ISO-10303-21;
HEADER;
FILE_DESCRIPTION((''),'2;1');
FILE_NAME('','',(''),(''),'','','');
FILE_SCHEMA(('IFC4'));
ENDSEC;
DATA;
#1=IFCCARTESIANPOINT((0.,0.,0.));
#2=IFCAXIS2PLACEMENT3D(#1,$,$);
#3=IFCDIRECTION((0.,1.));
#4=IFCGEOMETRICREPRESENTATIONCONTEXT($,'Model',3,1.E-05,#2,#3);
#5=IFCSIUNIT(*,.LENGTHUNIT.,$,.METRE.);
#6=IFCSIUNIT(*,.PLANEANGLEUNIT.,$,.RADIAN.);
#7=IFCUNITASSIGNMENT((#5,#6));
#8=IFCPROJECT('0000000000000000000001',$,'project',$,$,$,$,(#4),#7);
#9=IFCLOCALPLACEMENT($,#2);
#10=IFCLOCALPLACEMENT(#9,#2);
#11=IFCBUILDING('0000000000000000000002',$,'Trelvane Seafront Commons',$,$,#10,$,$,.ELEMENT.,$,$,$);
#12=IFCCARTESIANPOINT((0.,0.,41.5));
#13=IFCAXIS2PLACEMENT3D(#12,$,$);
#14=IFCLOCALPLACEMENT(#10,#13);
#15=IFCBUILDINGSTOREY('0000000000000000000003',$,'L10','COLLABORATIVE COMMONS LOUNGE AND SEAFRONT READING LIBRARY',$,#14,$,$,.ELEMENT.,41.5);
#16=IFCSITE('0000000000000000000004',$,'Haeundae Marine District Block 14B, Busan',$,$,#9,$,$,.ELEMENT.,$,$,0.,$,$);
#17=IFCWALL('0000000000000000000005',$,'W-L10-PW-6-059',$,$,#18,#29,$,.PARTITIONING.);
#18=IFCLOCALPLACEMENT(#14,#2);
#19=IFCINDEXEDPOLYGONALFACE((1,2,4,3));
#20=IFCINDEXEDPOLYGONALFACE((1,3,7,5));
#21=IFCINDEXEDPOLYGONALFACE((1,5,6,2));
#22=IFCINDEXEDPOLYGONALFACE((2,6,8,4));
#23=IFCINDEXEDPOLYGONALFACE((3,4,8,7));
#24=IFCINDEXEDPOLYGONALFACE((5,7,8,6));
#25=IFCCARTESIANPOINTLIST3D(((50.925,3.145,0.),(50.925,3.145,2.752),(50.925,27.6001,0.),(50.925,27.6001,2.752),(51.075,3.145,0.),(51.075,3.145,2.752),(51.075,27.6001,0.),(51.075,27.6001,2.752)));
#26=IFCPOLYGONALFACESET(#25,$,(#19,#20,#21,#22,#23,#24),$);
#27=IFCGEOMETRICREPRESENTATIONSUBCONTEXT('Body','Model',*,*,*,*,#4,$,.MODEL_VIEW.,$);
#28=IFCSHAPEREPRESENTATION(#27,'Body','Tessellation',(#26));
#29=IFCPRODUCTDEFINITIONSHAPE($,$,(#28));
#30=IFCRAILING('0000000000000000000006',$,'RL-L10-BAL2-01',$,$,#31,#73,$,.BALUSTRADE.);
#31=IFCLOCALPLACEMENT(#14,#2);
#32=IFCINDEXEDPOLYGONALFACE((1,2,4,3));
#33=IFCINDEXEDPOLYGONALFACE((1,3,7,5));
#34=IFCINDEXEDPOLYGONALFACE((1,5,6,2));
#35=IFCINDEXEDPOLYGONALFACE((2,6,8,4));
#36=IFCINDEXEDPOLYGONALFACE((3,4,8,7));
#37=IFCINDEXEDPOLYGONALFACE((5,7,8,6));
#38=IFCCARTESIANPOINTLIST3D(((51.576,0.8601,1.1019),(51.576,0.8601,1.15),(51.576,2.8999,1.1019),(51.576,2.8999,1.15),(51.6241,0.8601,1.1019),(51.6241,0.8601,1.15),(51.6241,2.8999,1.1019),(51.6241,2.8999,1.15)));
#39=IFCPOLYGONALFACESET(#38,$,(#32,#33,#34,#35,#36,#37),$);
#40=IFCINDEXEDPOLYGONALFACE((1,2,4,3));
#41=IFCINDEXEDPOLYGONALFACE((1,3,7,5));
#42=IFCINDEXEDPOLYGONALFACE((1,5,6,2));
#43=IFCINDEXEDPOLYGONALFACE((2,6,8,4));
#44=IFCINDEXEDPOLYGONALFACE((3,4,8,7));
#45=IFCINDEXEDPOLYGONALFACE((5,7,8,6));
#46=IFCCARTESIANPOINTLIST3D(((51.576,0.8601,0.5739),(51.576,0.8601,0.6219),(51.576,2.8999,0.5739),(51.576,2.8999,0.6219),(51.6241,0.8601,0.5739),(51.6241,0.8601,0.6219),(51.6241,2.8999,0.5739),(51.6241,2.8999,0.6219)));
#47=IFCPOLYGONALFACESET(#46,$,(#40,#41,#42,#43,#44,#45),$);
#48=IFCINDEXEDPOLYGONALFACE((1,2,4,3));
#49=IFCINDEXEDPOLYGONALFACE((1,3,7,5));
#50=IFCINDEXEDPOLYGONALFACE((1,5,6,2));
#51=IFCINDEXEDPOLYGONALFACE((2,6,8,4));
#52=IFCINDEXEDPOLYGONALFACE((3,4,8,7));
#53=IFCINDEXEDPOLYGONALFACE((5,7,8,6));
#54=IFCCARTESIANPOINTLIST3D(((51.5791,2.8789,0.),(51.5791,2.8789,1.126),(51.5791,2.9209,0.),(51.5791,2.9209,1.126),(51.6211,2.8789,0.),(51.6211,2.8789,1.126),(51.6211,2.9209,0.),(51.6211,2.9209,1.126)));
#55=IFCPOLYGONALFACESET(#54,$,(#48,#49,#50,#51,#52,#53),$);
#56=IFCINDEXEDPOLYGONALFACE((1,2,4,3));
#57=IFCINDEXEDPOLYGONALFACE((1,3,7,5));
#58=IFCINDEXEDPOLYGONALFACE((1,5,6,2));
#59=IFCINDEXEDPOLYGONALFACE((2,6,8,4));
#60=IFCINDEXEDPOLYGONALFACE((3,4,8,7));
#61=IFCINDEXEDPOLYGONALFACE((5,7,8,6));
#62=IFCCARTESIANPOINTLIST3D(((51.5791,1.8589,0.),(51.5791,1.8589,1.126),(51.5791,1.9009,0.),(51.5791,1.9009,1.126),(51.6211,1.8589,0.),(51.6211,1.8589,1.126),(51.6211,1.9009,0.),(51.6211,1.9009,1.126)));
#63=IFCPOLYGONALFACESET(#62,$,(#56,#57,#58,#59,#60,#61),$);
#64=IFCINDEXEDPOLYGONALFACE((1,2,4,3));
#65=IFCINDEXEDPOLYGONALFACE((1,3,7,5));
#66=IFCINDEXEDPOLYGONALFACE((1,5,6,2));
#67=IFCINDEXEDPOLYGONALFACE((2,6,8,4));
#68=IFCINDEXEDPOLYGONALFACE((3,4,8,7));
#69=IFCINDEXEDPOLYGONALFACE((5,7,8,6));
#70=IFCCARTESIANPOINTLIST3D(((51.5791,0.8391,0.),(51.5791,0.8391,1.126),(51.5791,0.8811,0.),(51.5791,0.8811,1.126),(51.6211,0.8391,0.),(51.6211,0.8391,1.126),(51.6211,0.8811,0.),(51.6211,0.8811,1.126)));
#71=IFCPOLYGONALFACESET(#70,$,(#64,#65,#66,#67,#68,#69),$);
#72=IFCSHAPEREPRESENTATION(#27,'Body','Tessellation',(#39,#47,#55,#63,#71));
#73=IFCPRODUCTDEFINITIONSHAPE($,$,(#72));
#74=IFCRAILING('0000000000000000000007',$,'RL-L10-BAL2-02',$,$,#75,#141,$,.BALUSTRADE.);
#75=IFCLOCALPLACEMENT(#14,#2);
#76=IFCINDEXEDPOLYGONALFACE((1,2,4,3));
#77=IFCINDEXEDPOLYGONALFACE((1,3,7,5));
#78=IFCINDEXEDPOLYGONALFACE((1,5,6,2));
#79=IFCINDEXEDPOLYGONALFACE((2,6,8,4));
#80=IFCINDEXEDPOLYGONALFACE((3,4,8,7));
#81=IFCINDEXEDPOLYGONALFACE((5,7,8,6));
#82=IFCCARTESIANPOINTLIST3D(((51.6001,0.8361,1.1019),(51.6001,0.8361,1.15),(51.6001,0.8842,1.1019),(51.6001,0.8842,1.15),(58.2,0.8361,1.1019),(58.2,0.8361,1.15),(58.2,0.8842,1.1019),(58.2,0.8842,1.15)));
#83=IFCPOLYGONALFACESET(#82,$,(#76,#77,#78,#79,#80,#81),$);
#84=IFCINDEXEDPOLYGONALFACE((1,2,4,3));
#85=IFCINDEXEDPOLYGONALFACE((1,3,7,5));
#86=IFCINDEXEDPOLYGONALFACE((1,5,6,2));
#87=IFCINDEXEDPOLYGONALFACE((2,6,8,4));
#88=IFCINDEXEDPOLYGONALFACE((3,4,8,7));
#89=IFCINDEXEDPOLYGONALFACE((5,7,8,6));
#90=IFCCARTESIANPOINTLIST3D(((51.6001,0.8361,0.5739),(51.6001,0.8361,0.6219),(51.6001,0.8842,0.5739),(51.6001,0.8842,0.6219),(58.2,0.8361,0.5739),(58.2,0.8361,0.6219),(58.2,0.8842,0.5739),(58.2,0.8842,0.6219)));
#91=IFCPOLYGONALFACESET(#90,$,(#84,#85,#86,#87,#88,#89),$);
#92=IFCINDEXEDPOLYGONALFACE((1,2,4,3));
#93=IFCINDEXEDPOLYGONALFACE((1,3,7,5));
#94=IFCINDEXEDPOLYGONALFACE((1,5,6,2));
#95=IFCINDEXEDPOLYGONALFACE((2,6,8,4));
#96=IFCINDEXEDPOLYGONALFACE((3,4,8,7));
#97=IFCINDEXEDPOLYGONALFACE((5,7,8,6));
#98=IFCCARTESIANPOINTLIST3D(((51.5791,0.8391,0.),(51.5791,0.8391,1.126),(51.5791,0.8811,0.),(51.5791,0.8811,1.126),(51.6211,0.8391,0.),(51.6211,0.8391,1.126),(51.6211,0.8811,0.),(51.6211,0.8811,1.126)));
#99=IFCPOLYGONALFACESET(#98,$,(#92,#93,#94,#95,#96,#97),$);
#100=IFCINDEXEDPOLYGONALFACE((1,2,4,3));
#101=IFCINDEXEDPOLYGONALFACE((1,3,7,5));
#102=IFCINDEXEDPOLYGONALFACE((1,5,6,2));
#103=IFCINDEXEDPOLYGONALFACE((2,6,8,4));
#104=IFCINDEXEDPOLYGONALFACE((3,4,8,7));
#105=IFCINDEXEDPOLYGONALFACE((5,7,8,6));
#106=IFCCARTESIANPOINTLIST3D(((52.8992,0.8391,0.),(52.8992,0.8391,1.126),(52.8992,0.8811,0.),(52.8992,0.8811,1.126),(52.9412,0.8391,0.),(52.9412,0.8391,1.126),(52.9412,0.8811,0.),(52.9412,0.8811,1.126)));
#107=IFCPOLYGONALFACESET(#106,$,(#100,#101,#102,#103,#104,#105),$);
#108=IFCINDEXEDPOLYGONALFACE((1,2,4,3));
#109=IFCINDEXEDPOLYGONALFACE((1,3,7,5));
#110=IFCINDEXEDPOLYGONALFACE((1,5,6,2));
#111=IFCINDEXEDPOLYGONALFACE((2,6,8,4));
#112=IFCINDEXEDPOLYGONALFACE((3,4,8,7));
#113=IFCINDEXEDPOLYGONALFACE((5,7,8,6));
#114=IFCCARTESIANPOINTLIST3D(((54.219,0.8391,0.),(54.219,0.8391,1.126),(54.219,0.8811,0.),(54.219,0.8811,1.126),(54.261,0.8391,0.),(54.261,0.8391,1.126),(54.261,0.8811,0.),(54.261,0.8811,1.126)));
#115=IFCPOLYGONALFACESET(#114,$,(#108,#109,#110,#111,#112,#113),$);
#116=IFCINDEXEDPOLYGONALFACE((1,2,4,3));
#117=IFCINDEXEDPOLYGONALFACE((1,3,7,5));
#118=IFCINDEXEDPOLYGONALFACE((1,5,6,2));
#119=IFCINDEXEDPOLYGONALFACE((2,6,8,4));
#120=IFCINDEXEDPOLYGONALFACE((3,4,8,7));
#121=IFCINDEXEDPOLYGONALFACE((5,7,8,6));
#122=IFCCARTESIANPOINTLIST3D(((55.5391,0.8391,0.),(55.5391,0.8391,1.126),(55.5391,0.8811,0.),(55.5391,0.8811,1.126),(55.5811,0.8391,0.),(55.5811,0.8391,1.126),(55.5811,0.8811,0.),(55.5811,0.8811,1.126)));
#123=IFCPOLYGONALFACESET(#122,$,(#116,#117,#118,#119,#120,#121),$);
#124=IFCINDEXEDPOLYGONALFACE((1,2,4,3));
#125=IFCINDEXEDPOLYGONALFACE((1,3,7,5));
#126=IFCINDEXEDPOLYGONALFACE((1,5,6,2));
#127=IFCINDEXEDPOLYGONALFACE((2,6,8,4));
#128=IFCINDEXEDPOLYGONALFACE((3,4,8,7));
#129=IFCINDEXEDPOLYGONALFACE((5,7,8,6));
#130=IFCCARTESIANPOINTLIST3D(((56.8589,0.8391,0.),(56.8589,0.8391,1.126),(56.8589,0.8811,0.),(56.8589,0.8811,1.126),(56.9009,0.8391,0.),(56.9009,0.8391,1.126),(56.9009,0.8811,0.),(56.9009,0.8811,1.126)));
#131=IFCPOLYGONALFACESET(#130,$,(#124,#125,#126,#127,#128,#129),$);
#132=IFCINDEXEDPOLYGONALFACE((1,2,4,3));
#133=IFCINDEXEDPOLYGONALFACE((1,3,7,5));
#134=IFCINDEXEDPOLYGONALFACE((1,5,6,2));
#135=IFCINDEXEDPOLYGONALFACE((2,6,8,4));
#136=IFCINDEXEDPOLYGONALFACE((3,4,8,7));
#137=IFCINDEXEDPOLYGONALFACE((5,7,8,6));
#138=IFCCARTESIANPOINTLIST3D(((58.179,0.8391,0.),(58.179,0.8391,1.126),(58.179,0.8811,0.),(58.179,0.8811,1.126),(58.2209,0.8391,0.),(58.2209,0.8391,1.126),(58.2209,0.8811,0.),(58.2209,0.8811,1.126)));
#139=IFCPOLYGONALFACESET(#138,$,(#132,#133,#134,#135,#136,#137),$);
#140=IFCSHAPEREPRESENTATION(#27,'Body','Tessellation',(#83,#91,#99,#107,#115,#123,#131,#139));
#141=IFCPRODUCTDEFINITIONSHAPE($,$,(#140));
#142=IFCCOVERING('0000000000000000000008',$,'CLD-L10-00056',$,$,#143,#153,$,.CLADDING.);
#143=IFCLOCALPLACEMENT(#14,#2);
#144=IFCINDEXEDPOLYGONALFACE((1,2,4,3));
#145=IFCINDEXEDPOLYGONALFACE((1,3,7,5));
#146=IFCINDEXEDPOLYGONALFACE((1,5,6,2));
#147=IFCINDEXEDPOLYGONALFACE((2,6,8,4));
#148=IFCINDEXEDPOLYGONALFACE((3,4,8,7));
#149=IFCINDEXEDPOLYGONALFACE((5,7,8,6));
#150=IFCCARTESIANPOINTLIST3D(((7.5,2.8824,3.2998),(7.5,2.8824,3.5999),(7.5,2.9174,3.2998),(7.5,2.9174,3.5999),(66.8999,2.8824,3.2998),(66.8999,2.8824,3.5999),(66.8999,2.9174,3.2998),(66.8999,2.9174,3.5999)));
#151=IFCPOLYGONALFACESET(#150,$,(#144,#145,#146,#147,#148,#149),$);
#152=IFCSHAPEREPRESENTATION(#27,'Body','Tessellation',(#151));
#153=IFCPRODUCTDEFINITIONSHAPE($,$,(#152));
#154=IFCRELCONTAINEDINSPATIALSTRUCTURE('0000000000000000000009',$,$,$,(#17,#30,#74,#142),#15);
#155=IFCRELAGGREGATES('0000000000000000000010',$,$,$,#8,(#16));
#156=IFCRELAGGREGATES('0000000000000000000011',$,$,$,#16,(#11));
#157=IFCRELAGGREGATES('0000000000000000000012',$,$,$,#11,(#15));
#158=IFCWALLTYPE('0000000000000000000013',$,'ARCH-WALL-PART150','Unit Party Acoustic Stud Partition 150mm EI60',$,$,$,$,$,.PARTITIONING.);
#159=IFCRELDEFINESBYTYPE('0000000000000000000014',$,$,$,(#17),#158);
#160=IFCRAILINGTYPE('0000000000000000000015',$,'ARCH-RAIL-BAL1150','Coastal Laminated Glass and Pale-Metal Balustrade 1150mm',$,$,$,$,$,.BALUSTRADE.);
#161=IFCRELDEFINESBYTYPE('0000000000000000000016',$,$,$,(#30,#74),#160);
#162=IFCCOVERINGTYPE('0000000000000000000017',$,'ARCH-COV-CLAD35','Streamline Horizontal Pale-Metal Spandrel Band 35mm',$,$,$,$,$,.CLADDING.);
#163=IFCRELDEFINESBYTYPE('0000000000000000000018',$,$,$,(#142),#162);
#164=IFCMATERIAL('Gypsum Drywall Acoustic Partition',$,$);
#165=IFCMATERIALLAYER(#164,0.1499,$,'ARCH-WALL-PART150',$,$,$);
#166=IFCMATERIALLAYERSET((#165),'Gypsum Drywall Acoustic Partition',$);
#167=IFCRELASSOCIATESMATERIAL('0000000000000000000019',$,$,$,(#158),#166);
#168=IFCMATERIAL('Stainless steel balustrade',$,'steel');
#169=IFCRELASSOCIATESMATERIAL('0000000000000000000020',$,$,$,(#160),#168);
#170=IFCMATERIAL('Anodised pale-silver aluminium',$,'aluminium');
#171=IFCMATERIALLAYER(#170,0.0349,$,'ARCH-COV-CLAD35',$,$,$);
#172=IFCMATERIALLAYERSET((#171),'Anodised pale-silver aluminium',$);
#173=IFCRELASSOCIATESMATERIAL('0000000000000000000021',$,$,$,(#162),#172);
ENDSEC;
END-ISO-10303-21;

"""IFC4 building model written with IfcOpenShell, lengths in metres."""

from ifc_helpers import new_model, si_unit, direction, frame, frame_2d, origin, origin_2d, place, context, subcontext, project, spatial, rectangle, extrude, source, transform, mapped, material, layer, layer_set, type_object, element, save


model = new_model("IFC4")

# Units and contexts
model_context = context("Model", 3, precision=1e-05, world=origin(), true_north=direction((0.0, 1.0)))
body_context = subcontext(model_context, "Body", "Model", "MODEL_VIEW")
ifc_project = project(units=[si_unit("LENGTHUNIT", "METRE"), si_unit("PLANEANGLEUNIT", "RADIAN")], contexts=[model_context])

# Site, building, storey
site_placement = place(None, origin())
site = spatial("IfcSite", under=ifc_project, at=site_placement, Name="Haeundae Marine District Block 14B, Busan", CompositionType="ELEMENT", RefElevation=0.0)
building_placement = place(site_placement, origin())
building = spatial("IfcBuilding", under=site, at=building_placement, Name="Trelvane Seafront Commons", CompositionType="ELEMENT")
storey_placement = place(building_placement, frame((0.0, 0.0, 41.5)))
storey = spatial("IfcBuildingStorey", under=building, at=storey_placement, Name="L10", Description="COLLABORATIVE COMMONS LOUNGE AND SEAFRONT READING LIBRARY", CompositionType="ELEMENT", Elevation=41.5)

# Shared definitions
ifc_material_1 = material(Name="Anodised pale-silver aluminium", Category="aluminium")

# Wall
ifc_material_2 = material(Name="Gypsum Drywall Acoustic Partition")
ifc_layer_1 = layer(ifc_material_2, 0.1499, Name="ARCH-WALL-PART150")
ifc_layer_set_1 = layer_set([ifc_layer_1], Name="Gypsum Drywall Acoustic Partition")
wall_type = type_object("IfcWallType", Name="ARCH-WALL-PART150", Description="Unit Party Acoustic Stud Partition 150mm EI60", PredefinedType="PARTITIONING", material=ifc_layer_set_1)
for number, where, z_axis, x_axis, name in (
    (1, (51.0, 3.145, 0.0), (0.0, 0.0, 1.0), (0.0, 1.0, 0.0), "W-L10-PW-6-059"),
):
    element("IfcWall", number, at=place(storey_placement, frame(where, z_axis=z_axis, x_axis=x_axis)), inside=storey, type_object=wall_type, Name=name, PredefinedType="PARTITIONING", context=body_context, shape_type="SweptSolid", body=[
        extrude(rectangle(XDim=24.4551, YDim=0.1499, at=frame_2d((12.2275, 0.0))), origin(), (0.0, 0.0, 1.0), 2.752),
    ])

# Railings
ifc_material_3 = material(Name="Stainless steel balustrade", Category="steel")
railing_type = type_object("IfcRailingType", Name="ARCH-RAIL-BAL1150", Description="Coastal Laminated Glass and Pale-Metal Balustrade 1150mm", PredefinedType="BALUSTRADE", material=ifc_material_3)
railing_1_placement = place(storey_placement, frame((51.6001, 2.8999, 0.0)))
element("IfcRailing", 2, at=railing_1_placement, inside=storey, type_object=railing_type, Name="RL-L10-BAL2-01", PredefinedType="BALUSTRADE", context=body_context, shape_type="SweptSolid", body=[
    extrude(rectangle(XDim=0.0481, YDim=0.0481, at=origin_2d()), frame((0.0, 0.0, 1.126), z_axis=(0.0, -1.0, 0.0), x_axis=(1.0, 0.0, 0.0)), (0.0, 0.0, 1.0), 2.0398),
    extrude(rectangle(XDim=0.0481, YDim=0.0481, at=origin_2d()), frame((0.0, 0.0, 0.5979), z_axis=(0.0, -1.0, 0.0), x_axis=(1.0, 0.0, 0.0)), (0.0, 0.0, 1.0), 2.0398),
    extrude(rectangle(XDim=0.042, YDim=0.042, at=origin_2d()), origin(), (0.0, 0.0, 1.0), 1.126),
    extrude(rectangle(XDim=0.042, YDim=0.042, at=origin_2d()), frame((0.0, -1.02, 0.0)), (0.0, 0.0, 1.0), 1.126),
    extrude(rectangle(XDim=0.042, YDim=0.042, at=origin_2d()), frame((0.0, -2.0398, 0.0)), (0.0, 0.0, 1.0), 1.126),
])
railing_2_placement = place(storey_placement, frame((51.6001, 0.8601, 0.0)))
element("IfcRailing", 3, at=railing_2_placement, inside=storey, type_object=railing_type, Name="RL-L10-BAL2-02", PredefinedType="BALUSTRADE", context=body_context, shape_type="SweptSolid", body=[
    extrude(rectangle(XDim=0.0481, YDim=0.0481, at=origin_2d()), frame((0.0, 0.0, 1.126), z_axis=(1.0, 0.0, 0.0), x_axis=(0.0, 1.0, 0.0)), (0.0, 0.0, 1.0), 6.5999),
    extrude(rectangle(XDim=0.0481, YDim=0.0481, at=origin_2d()), frame((0.0, 0.0, 0.5979), z_axis=(1.0, 0.0, 0.0), x_axis=(0.0, 1.0, 0.0)), (0.0, 0.0, 1.0), 6.5999),
    extrude(rectangle(XDim=0.042, YDim=0.042, at=origin_2d()), origin(), (0.0, 0.0, 1.0), 1.126),
    extrude(rectangle(XDim=0.042, YDim=0.042, at=origin_2d()), frame((1.3201, 0.0, 0.0)), (0.0, 0.0, 1.0), 1.126),
    extrude(rectangle(XDim=0.042, YDim=0.042, at=origin_2d()), frame((2.6399, 0.0, 0.0)), (0.0, 0.0, 1.0), 1.126),
    extrude(rectangle(XDim=0.042, YDim=0.042, at=origin_2d()), frame((3.96, 0.0, 0.0)), (0.0, 0.0, 1.0), 1.126),
    extrude(rectangle(XDim=0.042, YDim=0.042, at=origin_2d()), frame((5.2798, 0.0, 0.0)), (0.0, 0.0, 1.0), 1.126),
    extrude(rectangle(XDim=0.042, YDim=0.042, at=origin_2d()), frame((6.5999, 0.0, 0.0)), (0.0, 0.0, 1.0), 1.126),
])

# Covering
ifc_layer_2 = layer(ifc_material_1, 0.0349, Name="ARCH-COV-CLAD35")
ifc_layer_set_2 = layer_set([ifc_layer_2], Name="Anodised pale-silver aluminium")
covering_type = type_object("IfcCoveringType", Name="ARCH-COV-CLAD35", Description="Streamline Horizontal Pale-Metal Spandrel Band 35mm", PredefinedType="CLADDING", material=ifc_layer_set_2)
shared_shape_1 = source(origin(), body_context, "Body", "SweptSolid", [
    extrude(rectangle(XDim=59.3999, YDim=0.0349, at=origin_2d()), origin(), (0.0, 0.0, 1.0), 0.3),
])
covering_placement = place(storey_placement, frame((37.2, 2.8999, 3.2998), z_axis=(0.0, 0.0, 1.0), x_axis=(-1.0, 0.0, 0.0)))
element("IfcCovering", 4, at=covering_placement, inside=storey, type_object=covering_type, Name="CLD-L10-00056", PredefinedType="CLADDING", context=body_context, shape_type="MappedRepresentation", body=[
    mapped(shared_shape_1, transform((0.0, 0.0, 0.0), x_axis=(1.0, 0.0, 0.0), y_axis=(0.0, 1.0, 0.0), z_axis=(0.0, 0.0, 1.0), scale=1.0)),
])

save(model, "model.ifc")
